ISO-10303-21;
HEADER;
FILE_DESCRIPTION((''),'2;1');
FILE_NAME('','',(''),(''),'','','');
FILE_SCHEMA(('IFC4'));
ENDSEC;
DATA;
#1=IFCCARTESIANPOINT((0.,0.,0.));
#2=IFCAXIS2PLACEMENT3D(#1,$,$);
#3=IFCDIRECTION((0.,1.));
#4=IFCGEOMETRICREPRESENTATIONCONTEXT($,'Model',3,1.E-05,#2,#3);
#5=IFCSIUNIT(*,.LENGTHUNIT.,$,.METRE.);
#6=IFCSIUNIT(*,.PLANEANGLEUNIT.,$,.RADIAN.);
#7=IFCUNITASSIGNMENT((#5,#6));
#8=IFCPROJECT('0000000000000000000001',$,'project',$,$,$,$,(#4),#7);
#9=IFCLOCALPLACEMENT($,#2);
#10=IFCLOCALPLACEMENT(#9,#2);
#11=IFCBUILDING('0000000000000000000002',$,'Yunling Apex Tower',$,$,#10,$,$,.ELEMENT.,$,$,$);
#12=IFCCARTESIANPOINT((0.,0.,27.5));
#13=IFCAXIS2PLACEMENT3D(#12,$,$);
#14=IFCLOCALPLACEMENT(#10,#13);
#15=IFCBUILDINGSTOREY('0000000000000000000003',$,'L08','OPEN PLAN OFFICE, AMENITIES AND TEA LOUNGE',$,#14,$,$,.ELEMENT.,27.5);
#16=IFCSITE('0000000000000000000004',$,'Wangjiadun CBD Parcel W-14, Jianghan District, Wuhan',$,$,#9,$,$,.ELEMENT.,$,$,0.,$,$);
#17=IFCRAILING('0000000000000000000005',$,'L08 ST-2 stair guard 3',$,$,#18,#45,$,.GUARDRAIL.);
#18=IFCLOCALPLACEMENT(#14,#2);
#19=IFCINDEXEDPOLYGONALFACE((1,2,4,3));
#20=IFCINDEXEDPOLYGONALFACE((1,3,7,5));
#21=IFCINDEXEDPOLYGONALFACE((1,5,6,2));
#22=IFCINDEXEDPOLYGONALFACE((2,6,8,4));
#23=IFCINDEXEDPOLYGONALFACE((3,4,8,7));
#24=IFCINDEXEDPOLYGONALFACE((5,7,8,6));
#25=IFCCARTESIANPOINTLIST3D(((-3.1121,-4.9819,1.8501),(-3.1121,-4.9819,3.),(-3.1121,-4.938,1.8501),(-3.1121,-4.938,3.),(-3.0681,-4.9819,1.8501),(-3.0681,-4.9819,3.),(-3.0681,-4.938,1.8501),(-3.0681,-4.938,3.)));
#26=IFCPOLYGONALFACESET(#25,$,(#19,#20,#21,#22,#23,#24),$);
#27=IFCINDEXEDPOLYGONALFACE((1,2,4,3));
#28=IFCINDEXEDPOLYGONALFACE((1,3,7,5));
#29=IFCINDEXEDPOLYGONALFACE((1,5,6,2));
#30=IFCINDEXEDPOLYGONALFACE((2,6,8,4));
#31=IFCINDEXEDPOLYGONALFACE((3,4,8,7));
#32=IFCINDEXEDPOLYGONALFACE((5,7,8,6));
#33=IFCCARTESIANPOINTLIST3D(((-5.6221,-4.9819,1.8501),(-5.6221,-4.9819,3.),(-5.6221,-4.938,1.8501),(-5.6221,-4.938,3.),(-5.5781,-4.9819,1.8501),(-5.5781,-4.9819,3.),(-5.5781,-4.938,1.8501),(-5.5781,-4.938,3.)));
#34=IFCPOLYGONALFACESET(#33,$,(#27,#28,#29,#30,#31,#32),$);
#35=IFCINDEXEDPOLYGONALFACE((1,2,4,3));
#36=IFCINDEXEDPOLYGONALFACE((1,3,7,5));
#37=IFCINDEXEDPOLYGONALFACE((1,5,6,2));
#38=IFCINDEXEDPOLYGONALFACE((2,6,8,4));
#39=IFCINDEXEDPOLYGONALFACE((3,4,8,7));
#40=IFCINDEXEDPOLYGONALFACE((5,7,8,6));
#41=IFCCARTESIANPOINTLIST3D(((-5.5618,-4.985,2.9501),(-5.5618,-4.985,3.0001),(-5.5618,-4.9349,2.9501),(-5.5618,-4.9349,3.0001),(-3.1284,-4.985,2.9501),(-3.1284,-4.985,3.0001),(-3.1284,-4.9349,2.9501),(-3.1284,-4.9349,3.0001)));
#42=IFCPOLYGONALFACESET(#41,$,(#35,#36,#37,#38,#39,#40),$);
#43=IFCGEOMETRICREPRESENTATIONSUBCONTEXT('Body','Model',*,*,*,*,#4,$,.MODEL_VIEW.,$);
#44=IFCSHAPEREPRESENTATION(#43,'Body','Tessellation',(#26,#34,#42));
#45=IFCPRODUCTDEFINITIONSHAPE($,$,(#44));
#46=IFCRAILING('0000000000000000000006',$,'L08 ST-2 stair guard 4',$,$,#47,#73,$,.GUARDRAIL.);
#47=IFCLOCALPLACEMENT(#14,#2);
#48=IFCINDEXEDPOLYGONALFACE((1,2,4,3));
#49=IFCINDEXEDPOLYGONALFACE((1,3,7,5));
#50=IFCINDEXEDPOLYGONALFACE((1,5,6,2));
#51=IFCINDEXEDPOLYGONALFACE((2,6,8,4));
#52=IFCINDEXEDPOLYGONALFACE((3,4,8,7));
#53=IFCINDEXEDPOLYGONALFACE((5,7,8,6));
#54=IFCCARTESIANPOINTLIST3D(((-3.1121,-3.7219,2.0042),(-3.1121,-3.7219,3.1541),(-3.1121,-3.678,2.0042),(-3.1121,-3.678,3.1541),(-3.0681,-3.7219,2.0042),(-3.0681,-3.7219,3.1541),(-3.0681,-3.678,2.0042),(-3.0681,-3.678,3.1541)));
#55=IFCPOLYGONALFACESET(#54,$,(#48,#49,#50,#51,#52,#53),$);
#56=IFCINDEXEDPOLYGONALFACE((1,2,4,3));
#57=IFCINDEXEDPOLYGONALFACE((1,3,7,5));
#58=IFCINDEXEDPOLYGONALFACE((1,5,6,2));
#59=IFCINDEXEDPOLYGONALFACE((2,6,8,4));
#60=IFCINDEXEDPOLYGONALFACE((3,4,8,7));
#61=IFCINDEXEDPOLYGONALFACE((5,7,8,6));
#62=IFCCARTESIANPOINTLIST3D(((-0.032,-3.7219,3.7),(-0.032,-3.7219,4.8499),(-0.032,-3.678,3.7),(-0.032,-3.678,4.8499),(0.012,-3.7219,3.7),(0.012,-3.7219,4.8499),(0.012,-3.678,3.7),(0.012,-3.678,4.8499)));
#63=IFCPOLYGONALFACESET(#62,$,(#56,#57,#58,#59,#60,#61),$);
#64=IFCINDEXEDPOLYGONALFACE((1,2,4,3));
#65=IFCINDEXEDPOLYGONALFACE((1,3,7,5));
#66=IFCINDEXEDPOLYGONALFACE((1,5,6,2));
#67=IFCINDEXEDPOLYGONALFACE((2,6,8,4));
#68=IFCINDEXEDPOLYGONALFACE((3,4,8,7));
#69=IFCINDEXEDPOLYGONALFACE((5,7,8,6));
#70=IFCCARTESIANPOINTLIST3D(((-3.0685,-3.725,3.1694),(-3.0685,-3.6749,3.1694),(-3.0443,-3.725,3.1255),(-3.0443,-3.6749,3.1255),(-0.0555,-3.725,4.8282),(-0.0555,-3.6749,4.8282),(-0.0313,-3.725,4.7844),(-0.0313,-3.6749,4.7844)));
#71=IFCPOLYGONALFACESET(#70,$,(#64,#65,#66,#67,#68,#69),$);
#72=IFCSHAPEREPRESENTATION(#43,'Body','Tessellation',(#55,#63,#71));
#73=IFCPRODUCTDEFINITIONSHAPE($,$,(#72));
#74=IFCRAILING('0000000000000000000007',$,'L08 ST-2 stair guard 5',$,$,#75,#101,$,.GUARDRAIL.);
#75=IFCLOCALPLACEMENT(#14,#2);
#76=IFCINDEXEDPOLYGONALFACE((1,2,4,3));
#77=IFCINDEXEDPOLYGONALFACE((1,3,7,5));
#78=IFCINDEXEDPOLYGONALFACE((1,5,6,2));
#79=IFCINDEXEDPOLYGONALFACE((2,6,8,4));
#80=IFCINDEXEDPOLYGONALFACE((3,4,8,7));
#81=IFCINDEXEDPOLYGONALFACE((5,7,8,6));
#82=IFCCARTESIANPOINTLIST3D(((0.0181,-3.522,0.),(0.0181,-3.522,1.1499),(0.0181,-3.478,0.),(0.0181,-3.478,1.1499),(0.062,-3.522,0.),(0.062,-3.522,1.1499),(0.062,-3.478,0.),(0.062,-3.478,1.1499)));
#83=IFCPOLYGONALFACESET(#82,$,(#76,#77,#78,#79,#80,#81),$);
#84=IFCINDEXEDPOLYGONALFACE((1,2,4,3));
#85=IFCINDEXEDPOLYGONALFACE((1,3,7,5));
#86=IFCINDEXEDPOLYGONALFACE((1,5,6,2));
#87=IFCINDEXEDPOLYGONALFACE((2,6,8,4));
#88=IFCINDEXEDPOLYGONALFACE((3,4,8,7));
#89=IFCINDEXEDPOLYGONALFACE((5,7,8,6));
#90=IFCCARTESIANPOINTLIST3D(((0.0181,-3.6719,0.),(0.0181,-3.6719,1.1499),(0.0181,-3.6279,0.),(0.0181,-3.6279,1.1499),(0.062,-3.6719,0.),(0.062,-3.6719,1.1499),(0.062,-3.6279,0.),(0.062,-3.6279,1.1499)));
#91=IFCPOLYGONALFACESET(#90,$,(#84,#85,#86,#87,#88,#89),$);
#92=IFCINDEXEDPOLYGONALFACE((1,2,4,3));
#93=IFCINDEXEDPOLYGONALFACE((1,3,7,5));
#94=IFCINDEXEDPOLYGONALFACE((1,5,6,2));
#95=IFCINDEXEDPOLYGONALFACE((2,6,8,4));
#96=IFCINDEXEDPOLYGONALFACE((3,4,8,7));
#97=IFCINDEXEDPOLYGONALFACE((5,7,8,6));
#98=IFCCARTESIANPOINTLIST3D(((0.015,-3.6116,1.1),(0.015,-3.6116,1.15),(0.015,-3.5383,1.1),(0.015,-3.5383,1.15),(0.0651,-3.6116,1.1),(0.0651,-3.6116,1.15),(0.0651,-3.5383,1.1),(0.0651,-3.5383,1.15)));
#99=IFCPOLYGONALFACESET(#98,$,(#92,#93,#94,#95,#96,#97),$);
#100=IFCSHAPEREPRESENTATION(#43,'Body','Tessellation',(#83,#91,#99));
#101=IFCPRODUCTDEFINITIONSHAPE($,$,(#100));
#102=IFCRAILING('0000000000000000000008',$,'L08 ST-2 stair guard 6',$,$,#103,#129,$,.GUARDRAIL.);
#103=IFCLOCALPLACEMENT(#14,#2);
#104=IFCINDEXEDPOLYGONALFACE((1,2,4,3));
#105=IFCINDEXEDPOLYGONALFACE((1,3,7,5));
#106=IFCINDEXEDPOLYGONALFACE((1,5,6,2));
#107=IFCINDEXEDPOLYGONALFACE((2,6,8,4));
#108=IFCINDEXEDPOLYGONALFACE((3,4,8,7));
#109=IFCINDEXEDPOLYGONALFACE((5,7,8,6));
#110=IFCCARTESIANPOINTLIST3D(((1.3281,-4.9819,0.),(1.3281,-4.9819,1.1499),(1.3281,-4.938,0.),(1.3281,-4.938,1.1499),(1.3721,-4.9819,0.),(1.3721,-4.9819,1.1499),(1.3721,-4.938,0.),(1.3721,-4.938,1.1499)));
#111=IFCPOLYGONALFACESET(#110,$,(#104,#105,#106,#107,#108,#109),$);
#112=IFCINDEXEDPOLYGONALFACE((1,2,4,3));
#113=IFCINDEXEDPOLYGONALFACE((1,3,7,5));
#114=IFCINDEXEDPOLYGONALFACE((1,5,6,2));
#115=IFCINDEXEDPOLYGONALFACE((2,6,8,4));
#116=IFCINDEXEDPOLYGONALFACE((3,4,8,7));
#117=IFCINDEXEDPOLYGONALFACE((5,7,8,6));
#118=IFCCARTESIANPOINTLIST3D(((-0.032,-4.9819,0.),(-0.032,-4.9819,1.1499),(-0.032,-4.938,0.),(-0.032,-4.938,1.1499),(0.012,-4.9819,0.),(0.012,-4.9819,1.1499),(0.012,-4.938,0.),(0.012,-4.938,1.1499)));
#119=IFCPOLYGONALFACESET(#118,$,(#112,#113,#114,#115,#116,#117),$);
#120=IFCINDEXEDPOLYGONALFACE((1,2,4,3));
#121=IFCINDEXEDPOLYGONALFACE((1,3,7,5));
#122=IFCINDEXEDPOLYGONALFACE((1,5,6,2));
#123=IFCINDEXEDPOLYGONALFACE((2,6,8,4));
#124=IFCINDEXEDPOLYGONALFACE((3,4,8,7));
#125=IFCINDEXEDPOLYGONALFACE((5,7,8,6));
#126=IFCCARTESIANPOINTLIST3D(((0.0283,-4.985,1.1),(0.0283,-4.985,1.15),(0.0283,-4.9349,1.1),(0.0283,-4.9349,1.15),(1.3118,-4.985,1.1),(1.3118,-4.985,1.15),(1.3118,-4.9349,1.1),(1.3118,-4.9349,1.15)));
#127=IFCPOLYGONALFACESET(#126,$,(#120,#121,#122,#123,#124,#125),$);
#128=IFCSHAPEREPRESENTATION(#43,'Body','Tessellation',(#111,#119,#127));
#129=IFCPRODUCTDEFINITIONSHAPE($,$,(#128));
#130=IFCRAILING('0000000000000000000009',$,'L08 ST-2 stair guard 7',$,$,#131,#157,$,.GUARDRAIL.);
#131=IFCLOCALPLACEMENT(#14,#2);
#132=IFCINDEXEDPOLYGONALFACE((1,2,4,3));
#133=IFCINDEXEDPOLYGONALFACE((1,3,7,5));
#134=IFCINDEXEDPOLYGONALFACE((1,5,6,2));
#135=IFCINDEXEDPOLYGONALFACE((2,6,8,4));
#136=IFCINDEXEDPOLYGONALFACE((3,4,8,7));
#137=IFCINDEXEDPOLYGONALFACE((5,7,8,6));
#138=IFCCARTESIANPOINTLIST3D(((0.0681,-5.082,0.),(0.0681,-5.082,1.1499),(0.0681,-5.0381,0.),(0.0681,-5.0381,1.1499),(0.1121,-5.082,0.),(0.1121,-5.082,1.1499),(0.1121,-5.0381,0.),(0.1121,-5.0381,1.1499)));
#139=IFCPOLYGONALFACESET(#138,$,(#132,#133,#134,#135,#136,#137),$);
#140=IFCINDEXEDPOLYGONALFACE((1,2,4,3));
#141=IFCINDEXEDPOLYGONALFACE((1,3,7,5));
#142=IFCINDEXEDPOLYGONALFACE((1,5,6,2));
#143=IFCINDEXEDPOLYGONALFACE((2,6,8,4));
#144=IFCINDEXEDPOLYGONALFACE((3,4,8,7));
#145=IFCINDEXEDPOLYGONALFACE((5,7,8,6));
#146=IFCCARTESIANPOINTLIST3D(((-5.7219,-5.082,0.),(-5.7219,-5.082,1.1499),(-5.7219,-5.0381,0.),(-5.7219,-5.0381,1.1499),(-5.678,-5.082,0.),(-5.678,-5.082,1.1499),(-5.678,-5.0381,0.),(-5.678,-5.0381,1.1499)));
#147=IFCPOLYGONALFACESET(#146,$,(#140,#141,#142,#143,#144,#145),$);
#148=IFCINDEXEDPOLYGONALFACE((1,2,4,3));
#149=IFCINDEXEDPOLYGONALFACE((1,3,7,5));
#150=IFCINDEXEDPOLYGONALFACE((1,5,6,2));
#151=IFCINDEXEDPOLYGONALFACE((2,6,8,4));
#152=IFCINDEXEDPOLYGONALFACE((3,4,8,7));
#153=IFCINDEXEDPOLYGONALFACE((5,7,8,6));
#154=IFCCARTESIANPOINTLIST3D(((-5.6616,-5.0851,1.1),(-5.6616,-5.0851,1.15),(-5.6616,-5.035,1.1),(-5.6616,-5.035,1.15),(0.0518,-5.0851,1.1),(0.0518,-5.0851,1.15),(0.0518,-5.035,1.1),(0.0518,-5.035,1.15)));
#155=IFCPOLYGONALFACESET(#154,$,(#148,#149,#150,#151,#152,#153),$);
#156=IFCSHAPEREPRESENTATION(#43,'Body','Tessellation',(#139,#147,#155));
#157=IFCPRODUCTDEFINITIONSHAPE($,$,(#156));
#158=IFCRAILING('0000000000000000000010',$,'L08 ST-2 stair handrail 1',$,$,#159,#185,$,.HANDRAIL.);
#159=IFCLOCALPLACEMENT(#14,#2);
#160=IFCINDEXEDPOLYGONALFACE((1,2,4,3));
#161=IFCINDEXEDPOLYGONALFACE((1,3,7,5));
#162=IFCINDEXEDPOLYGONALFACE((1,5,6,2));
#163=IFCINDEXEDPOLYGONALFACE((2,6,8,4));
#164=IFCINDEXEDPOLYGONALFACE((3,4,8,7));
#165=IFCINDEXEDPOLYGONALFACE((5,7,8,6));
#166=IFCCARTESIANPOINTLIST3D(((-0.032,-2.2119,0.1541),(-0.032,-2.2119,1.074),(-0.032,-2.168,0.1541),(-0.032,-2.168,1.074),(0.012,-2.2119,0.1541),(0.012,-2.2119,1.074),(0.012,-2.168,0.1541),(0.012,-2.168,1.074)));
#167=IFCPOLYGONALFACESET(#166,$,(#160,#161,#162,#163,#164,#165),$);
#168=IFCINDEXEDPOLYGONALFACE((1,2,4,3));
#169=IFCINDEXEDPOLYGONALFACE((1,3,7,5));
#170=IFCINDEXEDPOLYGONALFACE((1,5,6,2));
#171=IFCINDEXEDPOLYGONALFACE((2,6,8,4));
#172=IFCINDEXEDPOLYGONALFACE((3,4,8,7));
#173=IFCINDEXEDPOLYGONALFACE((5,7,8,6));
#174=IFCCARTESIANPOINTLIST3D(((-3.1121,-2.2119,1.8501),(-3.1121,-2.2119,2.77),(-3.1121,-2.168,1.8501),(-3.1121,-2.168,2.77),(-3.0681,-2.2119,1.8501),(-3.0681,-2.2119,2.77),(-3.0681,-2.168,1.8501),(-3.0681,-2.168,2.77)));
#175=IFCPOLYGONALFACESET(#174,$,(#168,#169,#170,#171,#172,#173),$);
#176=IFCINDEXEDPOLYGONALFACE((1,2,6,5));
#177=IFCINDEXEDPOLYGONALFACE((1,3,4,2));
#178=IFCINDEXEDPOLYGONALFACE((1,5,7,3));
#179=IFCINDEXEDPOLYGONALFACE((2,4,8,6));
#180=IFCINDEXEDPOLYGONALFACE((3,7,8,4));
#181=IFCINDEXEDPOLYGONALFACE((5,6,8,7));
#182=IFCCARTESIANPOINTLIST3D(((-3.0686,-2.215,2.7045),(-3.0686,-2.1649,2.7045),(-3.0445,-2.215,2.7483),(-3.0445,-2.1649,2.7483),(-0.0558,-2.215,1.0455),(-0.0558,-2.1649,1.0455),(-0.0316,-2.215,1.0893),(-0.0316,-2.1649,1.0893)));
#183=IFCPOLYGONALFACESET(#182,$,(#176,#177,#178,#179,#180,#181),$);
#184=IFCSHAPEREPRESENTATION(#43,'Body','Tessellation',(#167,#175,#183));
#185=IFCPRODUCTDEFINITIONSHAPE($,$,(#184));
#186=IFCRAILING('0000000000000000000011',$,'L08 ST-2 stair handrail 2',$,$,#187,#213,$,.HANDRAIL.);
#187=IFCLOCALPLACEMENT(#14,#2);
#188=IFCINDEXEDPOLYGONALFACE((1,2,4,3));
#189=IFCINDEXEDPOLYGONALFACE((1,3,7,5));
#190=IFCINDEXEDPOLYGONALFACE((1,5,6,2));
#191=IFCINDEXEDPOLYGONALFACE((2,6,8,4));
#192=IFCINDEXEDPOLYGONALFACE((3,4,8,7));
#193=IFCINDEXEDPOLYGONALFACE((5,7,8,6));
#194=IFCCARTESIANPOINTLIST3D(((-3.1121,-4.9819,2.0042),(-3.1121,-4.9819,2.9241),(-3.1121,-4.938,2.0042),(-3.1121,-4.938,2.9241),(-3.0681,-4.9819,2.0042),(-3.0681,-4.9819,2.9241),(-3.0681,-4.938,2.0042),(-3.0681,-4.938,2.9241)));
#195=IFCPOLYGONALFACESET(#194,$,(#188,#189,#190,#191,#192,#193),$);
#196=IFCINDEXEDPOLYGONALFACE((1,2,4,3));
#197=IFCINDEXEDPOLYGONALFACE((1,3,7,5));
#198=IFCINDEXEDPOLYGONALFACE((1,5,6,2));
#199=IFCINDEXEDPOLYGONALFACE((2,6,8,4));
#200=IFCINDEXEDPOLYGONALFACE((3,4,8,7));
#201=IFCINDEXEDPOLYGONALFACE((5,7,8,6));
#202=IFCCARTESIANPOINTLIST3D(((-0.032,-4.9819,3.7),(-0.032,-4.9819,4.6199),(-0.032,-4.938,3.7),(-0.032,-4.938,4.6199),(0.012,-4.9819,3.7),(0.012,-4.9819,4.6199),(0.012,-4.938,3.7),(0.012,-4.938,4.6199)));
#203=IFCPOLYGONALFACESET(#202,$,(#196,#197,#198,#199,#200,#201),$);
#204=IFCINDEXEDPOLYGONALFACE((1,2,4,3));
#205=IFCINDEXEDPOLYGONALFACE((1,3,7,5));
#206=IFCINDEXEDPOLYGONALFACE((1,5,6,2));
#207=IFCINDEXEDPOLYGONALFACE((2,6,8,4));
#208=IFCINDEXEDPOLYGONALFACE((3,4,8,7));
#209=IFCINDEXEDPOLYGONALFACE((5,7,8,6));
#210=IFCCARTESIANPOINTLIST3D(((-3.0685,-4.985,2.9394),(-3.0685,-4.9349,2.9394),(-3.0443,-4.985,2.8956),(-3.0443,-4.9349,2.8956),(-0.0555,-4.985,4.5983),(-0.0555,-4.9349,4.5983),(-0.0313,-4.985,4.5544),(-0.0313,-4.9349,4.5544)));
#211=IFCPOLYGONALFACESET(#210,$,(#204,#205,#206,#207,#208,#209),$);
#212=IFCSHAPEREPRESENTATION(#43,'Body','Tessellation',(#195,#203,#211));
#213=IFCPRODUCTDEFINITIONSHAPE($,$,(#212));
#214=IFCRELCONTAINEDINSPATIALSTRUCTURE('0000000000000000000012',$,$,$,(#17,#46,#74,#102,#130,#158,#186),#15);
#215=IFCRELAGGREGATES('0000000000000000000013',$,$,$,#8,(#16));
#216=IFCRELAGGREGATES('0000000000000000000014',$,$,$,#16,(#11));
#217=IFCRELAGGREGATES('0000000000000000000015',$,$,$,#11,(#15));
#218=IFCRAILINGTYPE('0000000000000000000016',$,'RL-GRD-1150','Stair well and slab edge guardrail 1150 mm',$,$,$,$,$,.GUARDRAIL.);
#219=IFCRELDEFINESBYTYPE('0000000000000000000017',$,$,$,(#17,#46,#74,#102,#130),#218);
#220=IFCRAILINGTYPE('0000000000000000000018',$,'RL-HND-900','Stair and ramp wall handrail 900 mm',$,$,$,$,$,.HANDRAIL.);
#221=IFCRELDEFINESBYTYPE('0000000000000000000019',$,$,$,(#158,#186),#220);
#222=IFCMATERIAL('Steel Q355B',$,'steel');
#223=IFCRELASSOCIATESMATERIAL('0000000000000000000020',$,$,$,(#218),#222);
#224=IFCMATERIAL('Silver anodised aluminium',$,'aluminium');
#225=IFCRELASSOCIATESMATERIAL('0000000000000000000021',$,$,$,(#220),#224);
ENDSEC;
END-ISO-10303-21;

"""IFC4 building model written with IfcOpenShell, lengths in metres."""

from ifc_helpers import new_model, si_unit, direction, frame, origin, origin_2d, place, context, subcontext, project, spatial, rectangle, extrude, material, type_object, element, save


model = new_model("IFC4")

# Units and contexts
model_context = context("Model", 3, precision=1e-05, world=origin(), true_north=direction((0.0, 1.0)))
body_context = subcontext(model_context, "Body", "Model", "MODEL_VIEW")
ifc_project = project(units=[si_unit("LENGTHUNIT", "METRE"), si_unit("PLANEANGLEUNIT", "RADIAN")], contexts=[model_context])

# Site, building, storey
site_placement = place(None, origin())
site = spatial("IfcSite", under=ifc_project, at=site_placement, Name="Wangjiadun CBD Parcel W-14, Jianghan District, Wuhan", CompositionType="ELEMENT", RefElevation=0.0)
building_placement = place(site_placement, origin())
building = spatial("IfcBuilding", under=site, at=building_placement, Name="Yunling Apex Tower", CompositionType="ELEMENT")
storey_placement = place(building_placement, frame((0.0, 0.0, 27.5)))
storey = spatial("IfcBuildingStorey", under=building, at=storey_placement, Name="L08", Description="OPEN PLAN OFFICE, AMENITIES AND TEA LOUNGE", CompositionType="ELEMENT", Elevation=27.5)

# Shared definitions
ifc_material_1 = material(Name="Steel Q355B", Category="steel")

# Railings
railing_type_1 = type_object("IfcRailingType", Name="RL-GRD-1150", Description="Stair well and slab edge guardrail 1150 mm", PredefinedType="GUARDRAIL", material=ifc_material_1)
railing_1_placement = place(storey_placement, frame((-3.0901, -4.96, 1.8501)))
element("IfcRailing", 1, at=railing_1_placement, inside=storey, type_object=railing_type_1, Name="L08 ST-2 stair guard 3", PredefinedType="GUARDRAIL", context=body_context, shape_type="SweptSolid", body=[
    extrude(rectangle(XDim=0.0439, YDim=0.0439, at=origin_2d()), origin(), (0.0, 0.0, 1.0), 1.1499),
    extrude(rectangle(XDim=0.0439, YDim=0.0439, at=origin_2d()), frame((-2.51, 0.0, 0.0)), (0.0, 0.0, 1.0), 1.1499),
    extrude(rectangle(XDim=0.05, YDim=0.05, at=origin_2d()), frame((-0.0383, 0.0, 1.125), z_axis=(-1.0, 0.0, 0.0), x_axis=(0.0, -1.0, 0.0)), (0.0, 0.0, 1.0), 2.4333),
])
railing_2_placement = place(storey_placement, frame((-3.0901, -3.7, 2.0042)))
element("IfcRailing", 2, at=railing_2_placement, inside=storey, type_object=railing_type_1, Name="L08 ST-2 stair guard 4", PredefinedType="GUARDRAIL", context=body_context, shape_type="SweptSolid", body=[
    extrude(rectangle(XDim=0.0439, YDim=0.0439, at=origin_2d()), origin(), (0.0, 0.0, 1.0), 1.1499),
    extrude(rectangle(XDim=0.0439, YDim=0.0439, at=origin_2d()), frame((3.0801, 0.0, 1.6958)), (0.0, 0.0, 1.0), 1.1499),
    extrude(rectangle(XDim=0.05, YDim=0.05, at=origin_2d()), frame((0.0337, 0.0, 1.1433), z_axis=(0.876005, 0.0, 0.482303), x_axis=(0.0, 1.0, 0.0)), (0.0, 0.0, 1.0), 3.4395),
])
railing_3_placement = place(storey_placement, frame((0.04, -3.5, 0.0)))
element("IfcRailing", 3, at=railing_3_placement, inside=storey, type_object=railing_type_1, Name="L08 ST-2 stair guard 5", PredefinedType="GUARDRAIL", context=body_context, shape_type="SweptSolid", body=[
    extrude(rectangle(XDim=0.0439, YDim=0.0439, at=origin_2d()), origin(), (0.0, 0.0, 1.0), 1.1499),
    extrude(rectangle(XDim=0.0439, YDim=0.0439, at=origin_2d()), frame((0.0, -0.1499, 0.0)), (0.0, 0.0, 1.0), 1.1499),
    extrude(rectangle(XDim=0.05, YDim=0.05, at=origin_2d()), frame((0.0, -0.0383, 1.125), z_axis=(0.0, -1.0, 0.0), x_axis=(1.0, 0.0, 0.0)), (0.0, 0.0, 1.0), 0.0732),
])
railing_4_placement = place(storey_placement, frame((1.3501, -4.96, 0.0)))
element("IfcRailing", 4, at=railing_4_placement, inside=storey, type_object=railing_type_1, Name="L08 ST-2 stair guard 6", PredefinedType="GUARDRAIL", context=body_context, shape_type="SweptSolid", body=[
    extrude(rectangle(XDim=0.0439, YDim=0.0439, at=origin_2d()), origin(), (0.0, 0.0, 1.0), 1.1499),
    extrude(rectangle(XDim=0.0439, YDim=0.0439, at=origin_2d()), frame((-1.3601, 0.0, 0.0)), (0.0, 0.0, 1.0), 1.1499),
    extrude(rectangle(XDim=0.05, YDim=0.05, at=origin_2d()), frame((-0.0383, 0.0, 1.125), z_axis=(-1.0, 0.0, 0.0), x_axis=(0.0, -1.0, 0.0)), (0.0, 0.0, 1.0), 1.2834),
])
railing_5_placement = place(storey_placement, frame((0.0901, -5.0601, 0.0)))
element("IfcRailing", 5, at=railing_5_placement, inside=storey, type_object=railing_type_1, Name="L08 ST-2 stair guard 7", PredefinedType="GUARDRAIL", context=body_context, shape_type="SweptSolid", body=[
    extrude(rectangle(XDim=0.0439, YDim=0.0439, at=origin_2d()), origin(), (0.0, 0.0, 1.0), 1.1499),
    extrude(rectangle(XDim=0.0439, YDim=0.0439, at=origin_2d()), frame((-5.79, 0.0, 0.0)), (0.0, 0.0, 1.0), 1.1499),
    extrude(rectangle(XDim=0.05, YDim=0.05, at=origin_2d()), frame((-0.0383, 0.0, 1.125), z_axis=(-1.0, 0.0, 0.0), x_axis=(0.0, -1.0, 0.0)), (0.0, 0.0, 1.0), 5.7134),
])
ifc_material_2 = material(Name="Silver anodised aluminium", Category="aluminium")
railing_type_2 = type_object("IfcRailingType", Name="RL-HND-900", Description="Stair and ramp wall handrail 900 mm", PredefinedType="HANDRAIL", material=ifc_material_2)
railing_6_placement = place(storey_placement, frame((-0.01, -2.1899, 0.1541)))
element("IfcRailing", 6, at=railing_6_placement, inside=storey, type_object=railing_type_2, Name="L08 ST-2 stair handrail 1", PredefinedType="HANDRAIL", context=body_context, shape_type="SweptSolid", body=[
    extrude(rectangle(XDim=0.0439, YDim=0.0439, at=origin_2d()), origin(), (0.0, 0.0, 1.0), 0.9199),
    extrude(rectangle(XDim=0.0439, YDim=0.0439, at=origin_2d()), frame((-3.0801, 0.0, 1.696)), (0.0, 0.0, 1.0), 0.9199),
    extrude(rectangle(XDim=0.05, YDim=0.05, at=origin_2d()), frame((-0.0337, 0.0, 0.9133), z_axis=(-0.875975, 0.0, 0.482356), x_axis=(0.0, -1.0, 0.0)), (0.0, 0.0, 1.0), 3.4395),
])
railing_7_placement = place(storey_placement, frame((-3.0901, -4.96, 2.0042)))
element("IfcRailing", 7, at=railing_7_placement, inside=storey, type_object=railing_type_2, Name="L08 ST-2 stair handrail 2", PredefinedType="HANDRAIL", context=body_context, shape_type="SweptSolid", body=[
    extrude(rectangle(XDim=0.0439, YDim=0.0439, at=origin_2d()), origin(), (0.0, 0.0, 1.0), 0.9199),
    extrude(rectangle(XDim=0.0439, YDim=0.0439, at=origin_2d()), frame((3.0801, 0.0, 1.6958)), (0.0, 0.0, 1.0), 0.9199),
    extrude(rectangle(XDim=0.05, YDim=0.05, at=origin_2d()), frame((0.0337, 0.0, 0.9133), z_axis=(0.876005, 0.0, 0.482303), x_axis=(0.0, 1.0, 0.0)), (0.0, 0.0, 1.0), 3.4395),
])

save(model, "model.ifc")
